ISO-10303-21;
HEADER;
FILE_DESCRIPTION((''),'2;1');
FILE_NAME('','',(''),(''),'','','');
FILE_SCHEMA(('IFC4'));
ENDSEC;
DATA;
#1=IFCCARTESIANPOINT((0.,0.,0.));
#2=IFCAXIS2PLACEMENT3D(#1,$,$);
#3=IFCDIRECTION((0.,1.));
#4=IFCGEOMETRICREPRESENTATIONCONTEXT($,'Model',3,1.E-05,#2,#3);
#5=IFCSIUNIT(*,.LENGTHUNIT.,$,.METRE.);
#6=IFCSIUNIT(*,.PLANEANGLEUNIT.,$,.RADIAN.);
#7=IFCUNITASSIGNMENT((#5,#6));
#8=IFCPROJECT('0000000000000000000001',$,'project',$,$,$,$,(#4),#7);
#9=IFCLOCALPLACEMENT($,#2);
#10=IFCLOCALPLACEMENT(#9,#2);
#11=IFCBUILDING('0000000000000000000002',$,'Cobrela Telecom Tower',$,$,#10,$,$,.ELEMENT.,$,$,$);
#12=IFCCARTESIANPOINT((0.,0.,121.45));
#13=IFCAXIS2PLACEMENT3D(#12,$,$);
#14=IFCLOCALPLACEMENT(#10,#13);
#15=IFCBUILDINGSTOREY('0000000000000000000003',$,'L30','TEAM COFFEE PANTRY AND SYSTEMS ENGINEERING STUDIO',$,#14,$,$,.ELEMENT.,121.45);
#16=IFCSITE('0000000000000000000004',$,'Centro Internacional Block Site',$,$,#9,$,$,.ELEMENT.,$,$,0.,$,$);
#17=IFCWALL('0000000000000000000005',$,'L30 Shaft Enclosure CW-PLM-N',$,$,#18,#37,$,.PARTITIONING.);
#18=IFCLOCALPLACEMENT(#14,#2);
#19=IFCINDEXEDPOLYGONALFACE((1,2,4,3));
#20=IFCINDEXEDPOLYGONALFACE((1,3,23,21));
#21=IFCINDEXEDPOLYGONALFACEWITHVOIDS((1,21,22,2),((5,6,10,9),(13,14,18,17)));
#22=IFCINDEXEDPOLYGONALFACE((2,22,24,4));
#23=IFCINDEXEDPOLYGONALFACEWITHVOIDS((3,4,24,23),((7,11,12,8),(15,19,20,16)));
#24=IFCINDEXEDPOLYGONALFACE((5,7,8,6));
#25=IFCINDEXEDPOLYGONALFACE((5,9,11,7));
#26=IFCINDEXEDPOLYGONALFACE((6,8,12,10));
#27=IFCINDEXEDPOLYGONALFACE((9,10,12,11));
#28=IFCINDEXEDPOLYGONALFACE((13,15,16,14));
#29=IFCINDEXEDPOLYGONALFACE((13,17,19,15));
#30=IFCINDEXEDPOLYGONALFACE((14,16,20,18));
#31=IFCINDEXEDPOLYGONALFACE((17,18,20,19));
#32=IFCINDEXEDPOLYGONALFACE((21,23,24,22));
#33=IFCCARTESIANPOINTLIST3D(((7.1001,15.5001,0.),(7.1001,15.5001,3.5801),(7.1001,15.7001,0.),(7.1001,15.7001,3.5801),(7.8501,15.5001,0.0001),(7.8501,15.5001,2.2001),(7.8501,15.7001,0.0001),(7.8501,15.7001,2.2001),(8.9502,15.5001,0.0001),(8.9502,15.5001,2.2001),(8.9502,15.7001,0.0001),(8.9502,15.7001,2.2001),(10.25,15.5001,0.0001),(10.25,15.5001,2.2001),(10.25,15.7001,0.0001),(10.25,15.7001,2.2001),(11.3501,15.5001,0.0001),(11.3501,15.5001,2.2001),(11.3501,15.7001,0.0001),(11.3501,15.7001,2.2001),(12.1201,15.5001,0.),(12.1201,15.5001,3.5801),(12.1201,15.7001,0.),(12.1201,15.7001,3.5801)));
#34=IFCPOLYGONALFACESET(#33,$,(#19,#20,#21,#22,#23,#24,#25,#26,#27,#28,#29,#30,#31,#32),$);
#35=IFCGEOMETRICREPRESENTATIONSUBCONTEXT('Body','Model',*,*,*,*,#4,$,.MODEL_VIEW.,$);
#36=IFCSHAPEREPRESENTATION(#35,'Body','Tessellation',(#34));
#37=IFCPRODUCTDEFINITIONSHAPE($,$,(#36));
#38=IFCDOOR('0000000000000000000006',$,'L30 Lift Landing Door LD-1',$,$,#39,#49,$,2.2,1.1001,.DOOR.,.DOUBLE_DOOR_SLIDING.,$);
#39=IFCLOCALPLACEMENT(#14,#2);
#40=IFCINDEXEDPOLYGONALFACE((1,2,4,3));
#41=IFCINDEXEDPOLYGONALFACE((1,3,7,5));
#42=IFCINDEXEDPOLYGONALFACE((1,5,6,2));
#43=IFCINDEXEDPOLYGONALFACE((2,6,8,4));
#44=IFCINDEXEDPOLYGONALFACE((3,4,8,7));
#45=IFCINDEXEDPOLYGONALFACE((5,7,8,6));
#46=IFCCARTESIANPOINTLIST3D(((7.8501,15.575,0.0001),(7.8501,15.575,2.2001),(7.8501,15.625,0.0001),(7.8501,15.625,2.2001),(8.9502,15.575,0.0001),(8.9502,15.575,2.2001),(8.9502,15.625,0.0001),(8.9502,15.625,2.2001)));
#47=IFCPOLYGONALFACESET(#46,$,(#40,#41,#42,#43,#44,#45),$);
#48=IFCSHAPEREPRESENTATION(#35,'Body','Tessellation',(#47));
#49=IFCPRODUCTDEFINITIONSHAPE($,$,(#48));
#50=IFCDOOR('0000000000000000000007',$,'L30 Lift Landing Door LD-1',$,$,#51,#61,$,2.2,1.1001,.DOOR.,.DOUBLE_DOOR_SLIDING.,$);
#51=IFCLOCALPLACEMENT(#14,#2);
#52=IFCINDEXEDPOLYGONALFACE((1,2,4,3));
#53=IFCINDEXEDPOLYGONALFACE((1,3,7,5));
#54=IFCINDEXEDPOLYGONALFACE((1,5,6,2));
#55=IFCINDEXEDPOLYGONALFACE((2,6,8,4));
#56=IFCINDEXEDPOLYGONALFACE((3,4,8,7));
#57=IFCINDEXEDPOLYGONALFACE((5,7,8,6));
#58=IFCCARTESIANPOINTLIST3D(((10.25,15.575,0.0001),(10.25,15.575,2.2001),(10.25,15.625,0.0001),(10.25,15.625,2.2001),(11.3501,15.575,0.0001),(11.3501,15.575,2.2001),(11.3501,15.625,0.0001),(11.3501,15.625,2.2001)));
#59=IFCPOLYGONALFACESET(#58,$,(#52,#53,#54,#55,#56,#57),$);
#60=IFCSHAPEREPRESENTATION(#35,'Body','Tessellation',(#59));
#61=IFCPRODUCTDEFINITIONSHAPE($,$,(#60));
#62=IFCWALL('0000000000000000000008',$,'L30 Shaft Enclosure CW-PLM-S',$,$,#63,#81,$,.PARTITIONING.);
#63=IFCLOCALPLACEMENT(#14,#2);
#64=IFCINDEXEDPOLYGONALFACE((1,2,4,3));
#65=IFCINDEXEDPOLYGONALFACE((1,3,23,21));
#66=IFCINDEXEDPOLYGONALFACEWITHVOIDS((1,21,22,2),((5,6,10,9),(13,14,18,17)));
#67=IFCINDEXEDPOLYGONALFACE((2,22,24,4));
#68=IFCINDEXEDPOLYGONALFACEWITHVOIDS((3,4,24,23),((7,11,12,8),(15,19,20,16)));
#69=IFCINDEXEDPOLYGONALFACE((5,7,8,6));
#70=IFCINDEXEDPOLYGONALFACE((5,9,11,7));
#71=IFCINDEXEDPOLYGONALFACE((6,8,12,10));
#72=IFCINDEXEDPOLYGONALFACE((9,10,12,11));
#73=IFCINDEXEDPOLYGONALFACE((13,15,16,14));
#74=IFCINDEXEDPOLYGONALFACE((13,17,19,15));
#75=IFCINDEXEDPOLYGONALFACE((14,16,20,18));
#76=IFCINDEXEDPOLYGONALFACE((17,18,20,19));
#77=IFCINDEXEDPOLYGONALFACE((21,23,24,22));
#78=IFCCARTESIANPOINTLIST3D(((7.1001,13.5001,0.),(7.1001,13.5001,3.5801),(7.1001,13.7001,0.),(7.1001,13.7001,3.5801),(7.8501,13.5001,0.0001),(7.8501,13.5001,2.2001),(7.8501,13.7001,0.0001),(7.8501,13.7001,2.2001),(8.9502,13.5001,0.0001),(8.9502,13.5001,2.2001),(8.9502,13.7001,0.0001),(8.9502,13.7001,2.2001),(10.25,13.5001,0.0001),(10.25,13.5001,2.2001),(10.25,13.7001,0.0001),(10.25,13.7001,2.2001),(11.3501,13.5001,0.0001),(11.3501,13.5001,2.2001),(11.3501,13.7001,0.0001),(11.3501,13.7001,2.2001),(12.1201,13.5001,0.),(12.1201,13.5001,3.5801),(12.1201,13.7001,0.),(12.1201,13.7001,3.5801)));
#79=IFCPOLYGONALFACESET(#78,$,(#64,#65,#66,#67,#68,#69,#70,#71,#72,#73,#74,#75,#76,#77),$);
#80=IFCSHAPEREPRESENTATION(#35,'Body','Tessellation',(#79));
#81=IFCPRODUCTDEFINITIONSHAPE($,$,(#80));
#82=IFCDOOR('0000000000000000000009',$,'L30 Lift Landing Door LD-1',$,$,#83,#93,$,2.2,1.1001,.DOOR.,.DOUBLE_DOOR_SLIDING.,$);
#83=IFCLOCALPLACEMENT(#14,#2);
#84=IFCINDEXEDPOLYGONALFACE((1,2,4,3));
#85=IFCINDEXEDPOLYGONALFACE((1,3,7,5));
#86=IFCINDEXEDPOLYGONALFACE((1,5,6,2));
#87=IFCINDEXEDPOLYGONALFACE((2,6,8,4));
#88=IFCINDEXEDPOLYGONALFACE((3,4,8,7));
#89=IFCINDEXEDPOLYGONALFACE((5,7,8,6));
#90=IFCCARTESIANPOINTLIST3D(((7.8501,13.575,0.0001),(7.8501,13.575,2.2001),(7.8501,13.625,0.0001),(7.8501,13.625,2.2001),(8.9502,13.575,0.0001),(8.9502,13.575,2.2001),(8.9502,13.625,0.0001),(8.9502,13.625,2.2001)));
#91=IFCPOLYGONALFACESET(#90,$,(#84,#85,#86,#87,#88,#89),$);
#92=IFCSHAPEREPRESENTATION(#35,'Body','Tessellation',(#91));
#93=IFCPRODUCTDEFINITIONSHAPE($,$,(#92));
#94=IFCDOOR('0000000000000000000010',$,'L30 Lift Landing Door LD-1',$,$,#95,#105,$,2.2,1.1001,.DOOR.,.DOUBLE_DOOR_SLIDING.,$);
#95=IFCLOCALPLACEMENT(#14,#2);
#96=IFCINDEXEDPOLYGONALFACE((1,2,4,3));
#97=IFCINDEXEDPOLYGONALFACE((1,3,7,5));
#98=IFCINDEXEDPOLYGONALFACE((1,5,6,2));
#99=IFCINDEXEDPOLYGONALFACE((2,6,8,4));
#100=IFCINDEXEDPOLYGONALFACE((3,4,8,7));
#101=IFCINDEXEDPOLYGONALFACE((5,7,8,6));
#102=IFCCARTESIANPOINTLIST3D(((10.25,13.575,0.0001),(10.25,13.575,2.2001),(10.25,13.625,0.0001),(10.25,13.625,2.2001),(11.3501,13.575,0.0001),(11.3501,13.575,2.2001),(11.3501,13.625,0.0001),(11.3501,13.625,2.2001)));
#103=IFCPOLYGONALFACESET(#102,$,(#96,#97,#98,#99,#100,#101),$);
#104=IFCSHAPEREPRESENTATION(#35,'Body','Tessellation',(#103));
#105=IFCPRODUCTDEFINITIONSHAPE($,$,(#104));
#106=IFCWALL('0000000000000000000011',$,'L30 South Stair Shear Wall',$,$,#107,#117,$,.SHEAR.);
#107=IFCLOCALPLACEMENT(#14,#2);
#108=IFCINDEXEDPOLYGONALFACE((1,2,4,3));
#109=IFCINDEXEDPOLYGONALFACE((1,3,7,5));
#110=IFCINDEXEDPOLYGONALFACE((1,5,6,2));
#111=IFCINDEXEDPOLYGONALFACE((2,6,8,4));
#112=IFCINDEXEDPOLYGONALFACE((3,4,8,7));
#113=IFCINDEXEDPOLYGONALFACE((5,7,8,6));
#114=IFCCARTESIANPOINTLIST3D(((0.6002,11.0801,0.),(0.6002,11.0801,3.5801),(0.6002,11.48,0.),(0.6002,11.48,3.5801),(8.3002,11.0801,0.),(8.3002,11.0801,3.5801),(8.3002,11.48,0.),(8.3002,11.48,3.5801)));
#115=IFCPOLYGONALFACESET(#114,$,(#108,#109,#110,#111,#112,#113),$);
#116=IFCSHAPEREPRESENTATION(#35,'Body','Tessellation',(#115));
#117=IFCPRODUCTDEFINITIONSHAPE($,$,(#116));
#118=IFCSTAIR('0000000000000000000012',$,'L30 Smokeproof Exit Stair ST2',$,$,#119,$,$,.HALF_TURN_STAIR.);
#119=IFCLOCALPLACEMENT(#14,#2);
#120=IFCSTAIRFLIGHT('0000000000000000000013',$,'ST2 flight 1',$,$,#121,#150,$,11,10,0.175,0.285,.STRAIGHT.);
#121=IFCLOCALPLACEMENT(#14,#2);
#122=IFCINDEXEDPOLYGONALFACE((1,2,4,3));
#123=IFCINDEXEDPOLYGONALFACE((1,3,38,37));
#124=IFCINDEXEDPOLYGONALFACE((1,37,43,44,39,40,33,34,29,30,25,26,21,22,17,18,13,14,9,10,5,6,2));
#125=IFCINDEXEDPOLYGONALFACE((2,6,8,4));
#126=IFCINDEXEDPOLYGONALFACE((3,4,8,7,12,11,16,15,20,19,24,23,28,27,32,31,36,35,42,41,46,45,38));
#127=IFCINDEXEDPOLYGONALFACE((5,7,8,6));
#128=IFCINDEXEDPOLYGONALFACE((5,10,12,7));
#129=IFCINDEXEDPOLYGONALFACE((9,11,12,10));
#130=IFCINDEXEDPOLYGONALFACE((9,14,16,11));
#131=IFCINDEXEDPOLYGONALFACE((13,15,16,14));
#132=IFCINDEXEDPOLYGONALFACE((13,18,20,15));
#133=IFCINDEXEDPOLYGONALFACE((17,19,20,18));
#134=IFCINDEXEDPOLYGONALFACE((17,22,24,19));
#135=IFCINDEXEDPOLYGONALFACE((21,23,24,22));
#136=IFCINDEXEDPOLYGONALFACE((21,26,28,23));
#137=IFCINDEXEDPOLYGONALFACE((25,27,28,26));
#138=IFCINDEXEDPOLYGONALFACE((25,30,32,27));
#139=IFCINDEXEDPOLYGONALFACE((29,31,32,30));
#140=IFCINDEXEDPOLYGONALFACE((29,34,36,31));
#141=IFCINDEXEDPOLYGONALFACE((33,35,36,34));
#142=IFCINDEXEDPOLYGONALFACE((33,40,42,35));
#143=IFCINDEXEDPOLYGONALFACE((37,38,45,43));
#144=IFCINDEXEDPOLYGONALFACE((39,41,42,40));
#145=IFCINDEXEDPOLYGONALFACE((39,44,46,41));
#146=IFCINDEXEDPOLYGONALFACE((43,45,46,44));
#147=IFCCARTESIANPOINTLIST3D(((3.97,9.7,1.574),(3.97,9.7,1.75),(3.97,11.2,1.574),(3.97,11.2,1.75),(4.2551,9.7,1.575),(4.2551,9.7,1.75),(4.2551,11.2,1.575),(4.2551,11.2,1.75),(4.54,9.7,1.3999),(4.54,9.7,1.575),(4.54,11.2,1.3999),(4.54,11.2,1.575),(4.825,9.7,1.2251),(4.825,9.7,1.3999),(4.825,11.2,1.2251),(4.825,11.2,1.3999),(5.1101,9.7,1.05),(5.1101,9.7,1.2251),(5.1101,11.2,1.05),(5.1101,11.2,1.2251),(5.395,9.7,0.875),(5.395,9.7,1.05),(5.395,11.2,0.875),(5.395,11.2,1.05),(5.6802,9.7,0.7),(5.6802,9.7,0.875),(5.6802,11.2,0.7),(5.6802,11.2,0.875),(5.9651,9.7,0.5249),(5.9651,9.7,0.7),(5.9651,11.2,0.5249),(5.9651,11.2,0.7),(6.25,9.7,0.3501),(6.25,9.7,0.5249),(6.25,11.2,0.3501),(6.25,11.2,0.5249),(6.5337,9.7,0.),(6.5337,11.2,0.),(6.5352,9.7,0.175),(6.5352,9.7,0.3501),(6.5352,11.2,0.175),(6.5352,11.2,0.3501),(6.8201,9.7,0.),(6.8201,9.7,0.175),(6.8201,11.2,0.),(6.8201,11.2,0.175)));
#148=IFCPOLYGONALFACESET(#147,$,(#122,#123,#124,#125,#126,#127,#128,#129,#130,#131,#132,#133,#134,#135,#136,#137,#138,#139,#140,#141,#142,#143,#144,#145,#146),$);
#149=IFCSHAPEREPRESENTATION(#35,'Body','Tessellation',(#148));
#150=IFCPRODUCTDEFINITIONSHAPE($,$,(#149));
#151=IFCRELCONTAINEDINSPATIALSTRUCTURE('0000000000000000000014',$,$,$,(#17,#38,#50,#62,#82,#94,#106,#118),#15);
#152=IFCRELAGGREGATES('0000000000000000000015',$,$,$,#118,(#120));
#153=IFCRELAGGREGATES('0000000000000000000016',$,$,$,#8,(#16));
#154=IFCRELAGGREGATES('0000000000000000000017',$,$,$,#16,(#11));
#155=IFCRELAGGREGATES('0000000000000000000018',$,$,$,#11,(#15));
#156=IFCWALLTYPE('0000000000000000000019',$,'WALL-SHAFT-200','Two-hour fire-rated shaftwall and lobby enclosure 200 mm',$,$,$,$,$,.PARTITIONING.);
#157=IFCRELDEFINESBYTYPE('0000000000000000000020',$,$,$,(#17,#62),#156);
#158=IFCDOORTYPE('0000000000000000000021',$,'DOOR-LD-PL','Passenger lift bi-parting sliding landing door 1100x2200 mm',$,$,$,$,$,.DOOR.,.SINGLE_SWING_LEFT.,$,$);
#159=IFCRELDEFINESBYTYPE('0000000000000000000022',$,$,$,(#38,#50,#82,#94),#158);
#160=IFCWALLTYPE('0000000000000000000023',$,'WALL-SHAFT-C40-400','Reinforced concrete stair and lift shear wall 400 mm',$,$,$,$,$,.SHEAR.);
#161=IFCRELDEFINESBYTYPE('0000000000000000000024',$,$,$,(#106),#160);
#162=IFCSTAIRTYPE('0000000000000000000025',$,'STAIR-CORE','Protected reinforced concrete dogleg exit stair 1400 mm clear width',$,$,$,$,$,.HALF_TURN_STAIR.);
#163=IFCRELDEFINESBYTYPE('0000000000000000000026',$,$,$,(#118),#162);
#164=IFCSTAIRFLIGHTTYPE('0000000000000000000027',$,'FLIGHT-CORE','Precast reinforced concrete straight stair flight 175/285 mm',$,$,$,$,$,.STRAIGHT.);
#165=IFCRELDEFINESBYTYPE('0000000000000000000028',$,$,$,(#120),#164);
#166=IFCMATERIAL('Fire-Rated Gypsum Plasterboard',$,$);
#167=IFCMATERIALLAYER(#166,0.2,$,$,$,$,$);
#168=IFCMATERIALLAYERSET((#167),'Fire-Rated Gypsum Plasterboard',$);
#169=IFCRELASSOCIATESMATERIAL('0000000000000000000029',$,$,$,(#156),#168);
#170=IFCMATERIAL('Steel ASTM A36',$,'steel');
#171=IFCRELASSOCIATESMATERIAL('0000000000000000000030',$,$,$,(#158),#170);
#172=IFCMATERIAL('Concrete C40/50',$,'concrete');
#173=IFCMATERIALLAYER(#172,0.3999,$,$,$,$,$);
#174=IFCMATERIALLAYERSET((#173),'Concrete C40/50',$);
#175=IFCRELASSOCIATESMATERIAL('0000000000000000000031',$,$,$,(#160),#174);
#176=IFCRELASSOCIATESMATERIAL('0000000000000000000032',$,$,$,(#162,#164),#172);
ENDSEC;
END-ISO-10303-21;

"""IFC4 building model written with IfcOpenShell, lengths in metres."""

from ifc_helpers import new_model, si_unit, direction, frame, frame_2d, origin, place, context, subcontext, project, spatial, polyline, rectangle, outline, extrude, material, layer, layer_set, type_object, element, fill, aggregate, save


model = new_model("IFC4")

# Units and contexts
model_context = context("Model", 3, precision=1e-05, world=origin(), true_north=direction((0.0, 1.0)))
body_context = subcontext(model_context, "Body", "Model", "MODEL_VIEW")
ifc_project = project(units=[si_unit("LENGTHUNIT", "METRE"), si_unit("PLANEANGLEUNIT", "RADIAN")], contexts=[model_context])

# Site, building, storey
site_placement = place(None, origin())
site = spatial("IfcSite", under=ifc_project, at=site_placement, Name="Centro Internacional Block Site", CompositionType="ELEMENT", RefElevation=0.0)
building_placement = place(site_placement, origin())
building = spatial("IfcBuilding", under=site, at=building_placement, Name="Cobrela Telecom Tower", CompositionType="ELEMENT")
storey_placement = place(building_placement, frame((0.0, 0.0, 121.45)))
storey = spatial("IfcBuildingStorey", under=building, at=storey_placement, Name="L30", Description="TEAM COFFEE PANTRY AND SYSTEMS ENGINEERING STUDIO", CompositionType="ELEMENT", Elevation=121.45)

# Shared definitions
ifc_material_1 = material(Name="Fire-Rated Gypsum Plasterboard")

# Shared definitions
ifc_layer_1 = layer(ifc_material_1, 0.2)
ifc_layer_set_1 = layer_set([ifc_layer_1], Name="Fire-Rated Gypsum Plasterboard")
wall_type_1 = type_object("IfcWallType", Name="WALL-SHAFT-200", Description="Two-hour fire-rated shaftwall and lobby enclosure 200 mm", PredefinedType="PARTITIONING", material=ifc_layer_set_1)

# Walls, openings, doors
wall_1_placement = place(storey_placement, frame((7.1001, 15.6001, 0.0), z_axis=(0.0, 0.0, 1.0), x_axis=(1.0, 0.0, 0.0)))
wall_1 = element("IfcWall", 1, at=wall_1_placement, inside=storey, type_object=wall_type_1, Name="L30 Shaft Enclosure CW-PLM-N", PredefinedType="PARTITIONING", context=body_context, shape_type="SweptSolid", body=[
    extrude(rectangle(XDim=5.02, YDim=0.2, at=frame_2d((2.51, 0.0))), origin(), (0.0, 0.0, 1.0), 3.5801),
])
opening_1_placement = place(wall_1_placement, frame((0.75, 0.0, 0.0)))
opening_1 = element("IfcOpeningElement", 2, at=opening_1_placement, cuts=wall_1, PredefinedType="OPENING", context=body_context, shape_type="SweptSolid", body=[
    extrude(rectangle(XDim=1.1001, YDim=2.2, at=frame_2d((0.55, 1.1001))), frame((0.0, 0.1118, 0.0), z_axis=(0.0, -1.0, 0.0), x_axis=(1.0, 0.0, 0.0)), (0.0, 0.0, 1.0), 0.2239),
])
opening_2_placement = place(wall_1_placement, frame((3.1499, 0.0, 0.0)))
opening_2 = element("IfcOpeningElement", 3, at=opening_2_placement, cuts=wall_1, PredefinedType="OPENING", context=body_context, shape_type="SweptSolid", body=[
    extrude(rectangle(XDim=1.1001, YDim=2.2, at=frame_2d((0.55, 1.1001))), frame((0.0, 0.1118, 0.0), z_axis=(0.0, -1.0, 0.0), x_axis=(1.0, 0.0, 0.0)), (0.0, 0.0, 1.0), 0.2239),
])
ifc_material_2 = material(Name="Steel ASTM A36", Category="steel")
door_type_1 = type_object("IfcDoorType", Name="DOOR-LD-PL", Description="Passenger lift bi-parting sliding landing door 1100x2200 mm", OperationType="SINGLE_SWING_LEFT", PredefinedType="DOOR", material=ifc_material_2)
door_1_placement = place(opening_1_placement, origin())
door_1 = element("IfcDoor", 4, at=door_1_placement, inside=storey, type_object=door_type_1, Name="L30 Lift Landing Door LD-1", OperationType="DOUBLE_DOOR_SLIDING", OverallHeight=2.2, OverallWidth=1.1001, PredefinedType="DOOR", context=body_context, shape_type="SweptSolid", body=[
    extrude(rectangle(XDim=1.1001, YDim=2.2, at=frame_2d((0.55, 1.1001))), frame((0.0, 0.0249, 0.0), z_axis=(0.0, -1.0, 0.0), x_axis=(1.0, 0.0, 0.0)), (0.0, 0.0, 1.0), 0.05),
])
fill(opening_1, door_1)
door_2_placement = place(opening_2_placement, origin())
door_2 = element("IfcDoor", 5, at=door_2_placement, inside=storey, type_object=door_type_1, Name="L30 Lift Landing Door LD-1", OperationType="DOUBLE_DOOR_SLIDING", OverallHeight=2.2, OverallWidth=1.1001, PredefinedType="DOOR", context=body_context, shape_type="SweptSolid", body=[
    extrude(rectangle(XDim=1.1001, YDim=2.2, at=frame_2d((0.55, 1.1001))), frame((0.0, 0.0249, 0.0), z_axis=(0.0, -1.0, 0.0), x_axis=(1.0, 0.0, 0.0)), (0.0, 0.0, 1.0), 0.05),
])
fill(opening_2, door_2)
wall_2_placement = place(storey_placement, frame((7.1001, 13.6001, 0.0), z_axis=(0.0, 0.0, 1.0), x_axis=(1.0, 0.0, 0.0)))
wall_2 = element("IfcWall", 6, at=wall_2_placement, inside=storey, type_object=wall_type_1, Name="L30 Shaft Enclosure CW-PLM-S", PredefinedType="PARTITIONING", context=body_context, shape_type="SweptSolid", body=[
    extrude(rectangle(XDim=5.02, YDim=0.2, at=frame_2d((2.51, 0.0))), origin(), (0.0, 0.0, 1.0), 3.5801),
])
opening_3_placement = place(wall_2_placement, frame((0.75, 0.0, 0.0)))
opening_3 = element("IfcOpeningElement", 7, at=opening_3_placement, cuts=wall_2, PredefinedType="OPENING", context=body_context, shape_type="SweptSolid", body=[
    extrude(rectangle(XDim=1.1001, YDim=2.2, at=frame_2d((0.55, 1.1001))), frame((0.0, 0.1118, 0.0), z_axis=(0.0, -1.0, 0.0), x_axis=(1.0, 0.0, 0.0)), (0.0, 0.0, 1.0), 0.2239),
])
opening_4_placement = place(wall_2_placement, frame((3.1499, 0.0, 0.0)))
opening_4 = element("IfcOpeningElement", 8, at=opening_4_placement, cuts=wall_2, PredefinedType="OPENING", context=body_context, shape_type="SweptSolid", body=[
    extrude(rectangle(XDim=1.1001, YDim=2.2, at=frame_2d((0.55, 1.1001))), frame((0.0, 0.1118, 0.0), z_axis=(0.0, -1.0, 0.0), x_axis=(1.0, 0.0, 0.0)), (0.0, 0.0, 1.0), 0.2239),
])
door_3_placement = place(opening_3_placement, origin())
door_3 = element("IfcDoor", 9, at=door_3_placement, inside=storey, type_object=door_type_1, Name="L30 Lift Landing Door LD-1", OperationType="DOUBLE_DOOR_SLIDING", OverallHeight=2.2, OverallWidth=1.1001, PredefinedType="DOOR", context=body_context, shape_type="SweptSolid", body=[
    extrude(rectangle(XDim=1.1001, YDim=2.2, at=frame_2d((0.55, 1.1001))), frame((0.0, 0.0249, 0.0), z_axis=(0.0, -1.0, 0.0), x_axis=(1.0, 0.0, 0.0)), (0.0, 0.0, 1.0), 0.05),
])
fill(opening_3, door_3)
door_4_placement = place(opening_4_placement, origin())
door_4 = element("IfcDoor", 10, at=door_4_placement, inside=storey, type_object=door_type_1, Name="L30 Lift Landing Door LD-1", OperationType="DOUBLE_DOOR_SLIDING", OverallHeight=2.2, OverallWidth=1.1001, PredefinedType="DOOR", context=body_context, shape_type="SweptSolid", body=[
    extrude(rectangle(XDim=1.1001, YDim=2.2, at=frame_2d((0.55, 1.1001))), frame((0.0, 0.0249, 0.0), z_axis=(0.0, -1.0, 0.0), x_axis=(1.0, 0.0, 0.0)), (0.0, 0.0, 1.0), 0.05),
])
fill(opening_4, door_4)

# Wall
ifc_material_3 = material(Name="Concrete C40/50", Category="concrete")
ifc_layer_2 = layer(ifc_material_3, 0.3999)
ifc_layer_set_2 = layer_set([ifc_layer_2], Name="Concrete C40/50")
wall_type_2 = type_object("IfcWallType", Name="WALL-SHAFT-C40-400", Description="Reinforced concrete stair and lift shear wall 400 mm", PredefinedType="SHEAR", material=ifc_layer_set_2)
wall_3_placement = place(storey_placement, frame((0.6001, 11.28, 0.0), z_axis=(0.0, 0.0, 1.0), x_axis=(1.0, 0.0, 0.0)))
element("IfcWall", 11, at=wall_3_placement, inside=storey, type_object=wall_type_2, Name="L30 South Stair Shear Wall", PredefinedType="SHEAR", context=body_context, shape_type="SweptSolid", body=[
    extrude(rectangle(XDim=7.7, YDim=0.3999, at=frame_2d((3.8501, 0.0))), origin(), (0.0, 0.0, 1.0), 3.5801),
])

# Stair, stair flight
stair_type = type_object("IfcStairType", Name="STAIR-CORE", Description="Protected reinforced concrete dogleg exit stair 1400 mm clear width", PredefinedType="HALF_TURN_STAIR", material=ifc_material_3)
stair_placement = place(storey_placement, origin())
stair = element("IfcStair", 12, at=stair_placement, inside=storey, type_object=stair_type, Name="L30 Smokeproof Exit Stair ST2", PredefinedType="HALF_TURN_STAIR")
stair_flight_type = type_object("IfcStairFlightType", Name="FLIGHT-CORE", Description="Precast reinforced concrete straight stair flight 175/285 mm", PredefinedType="STRAIGHT", material=ifc_material_3)
stair_flight_placement = place(storey_placement, frame((6.8201, 10.45, 0.0), z_axis=(0.0, 0.0, 1.0), x_axis=(-1.0, 0.0, 0.0)))
stair_flight = element("IfcStairFlight", 13, at=stair_flight_placement, type_object=stair_flight_type, Name="ST2 flight 1", NumberOfRisers=11, NumberOfTreads=10, PredefinedType="STRAIGHT", RiserHeight=0.175, TreadLength=0.285, context=body_context, shape_type="SweptSolid", body=[
    extrude(outline(polyline([(0.0, 0.0), (0.0, 0.175), (0.2849, 0.175), (0.2849, 0.3501), (0.5701, 0.3501), (0.5701, 0.5249), (0.855, 0.5249), (0.855, 0.7), (1.1399, 0.7), (1.1399, 0.875), (1.425, 0.875), (1.425, 1.05), (1.71, 1.05), (1.71, 1.2251), (1.9951, 1.2251), (1.9951, 1.3999), (2.28, 1.3999), (2.28, 1.575), (2.5649, 1.575), (2.5649, 1.75), (2.8501, 1.75), (2.8501, 1.925), (2.8501, 1.574), (0.2864, 0.0), (0.0, 0.0)])), frame((0.0, 0.75, 0.0), z_axis=(0.0, -1.0, 0.0), x_axis=(1.0, 0.0, 0.0)), (0.0, 0.0, 1.0), 1.5),
])
aggregate(stair, [stair_flight])

save(model, "model.ifc")
